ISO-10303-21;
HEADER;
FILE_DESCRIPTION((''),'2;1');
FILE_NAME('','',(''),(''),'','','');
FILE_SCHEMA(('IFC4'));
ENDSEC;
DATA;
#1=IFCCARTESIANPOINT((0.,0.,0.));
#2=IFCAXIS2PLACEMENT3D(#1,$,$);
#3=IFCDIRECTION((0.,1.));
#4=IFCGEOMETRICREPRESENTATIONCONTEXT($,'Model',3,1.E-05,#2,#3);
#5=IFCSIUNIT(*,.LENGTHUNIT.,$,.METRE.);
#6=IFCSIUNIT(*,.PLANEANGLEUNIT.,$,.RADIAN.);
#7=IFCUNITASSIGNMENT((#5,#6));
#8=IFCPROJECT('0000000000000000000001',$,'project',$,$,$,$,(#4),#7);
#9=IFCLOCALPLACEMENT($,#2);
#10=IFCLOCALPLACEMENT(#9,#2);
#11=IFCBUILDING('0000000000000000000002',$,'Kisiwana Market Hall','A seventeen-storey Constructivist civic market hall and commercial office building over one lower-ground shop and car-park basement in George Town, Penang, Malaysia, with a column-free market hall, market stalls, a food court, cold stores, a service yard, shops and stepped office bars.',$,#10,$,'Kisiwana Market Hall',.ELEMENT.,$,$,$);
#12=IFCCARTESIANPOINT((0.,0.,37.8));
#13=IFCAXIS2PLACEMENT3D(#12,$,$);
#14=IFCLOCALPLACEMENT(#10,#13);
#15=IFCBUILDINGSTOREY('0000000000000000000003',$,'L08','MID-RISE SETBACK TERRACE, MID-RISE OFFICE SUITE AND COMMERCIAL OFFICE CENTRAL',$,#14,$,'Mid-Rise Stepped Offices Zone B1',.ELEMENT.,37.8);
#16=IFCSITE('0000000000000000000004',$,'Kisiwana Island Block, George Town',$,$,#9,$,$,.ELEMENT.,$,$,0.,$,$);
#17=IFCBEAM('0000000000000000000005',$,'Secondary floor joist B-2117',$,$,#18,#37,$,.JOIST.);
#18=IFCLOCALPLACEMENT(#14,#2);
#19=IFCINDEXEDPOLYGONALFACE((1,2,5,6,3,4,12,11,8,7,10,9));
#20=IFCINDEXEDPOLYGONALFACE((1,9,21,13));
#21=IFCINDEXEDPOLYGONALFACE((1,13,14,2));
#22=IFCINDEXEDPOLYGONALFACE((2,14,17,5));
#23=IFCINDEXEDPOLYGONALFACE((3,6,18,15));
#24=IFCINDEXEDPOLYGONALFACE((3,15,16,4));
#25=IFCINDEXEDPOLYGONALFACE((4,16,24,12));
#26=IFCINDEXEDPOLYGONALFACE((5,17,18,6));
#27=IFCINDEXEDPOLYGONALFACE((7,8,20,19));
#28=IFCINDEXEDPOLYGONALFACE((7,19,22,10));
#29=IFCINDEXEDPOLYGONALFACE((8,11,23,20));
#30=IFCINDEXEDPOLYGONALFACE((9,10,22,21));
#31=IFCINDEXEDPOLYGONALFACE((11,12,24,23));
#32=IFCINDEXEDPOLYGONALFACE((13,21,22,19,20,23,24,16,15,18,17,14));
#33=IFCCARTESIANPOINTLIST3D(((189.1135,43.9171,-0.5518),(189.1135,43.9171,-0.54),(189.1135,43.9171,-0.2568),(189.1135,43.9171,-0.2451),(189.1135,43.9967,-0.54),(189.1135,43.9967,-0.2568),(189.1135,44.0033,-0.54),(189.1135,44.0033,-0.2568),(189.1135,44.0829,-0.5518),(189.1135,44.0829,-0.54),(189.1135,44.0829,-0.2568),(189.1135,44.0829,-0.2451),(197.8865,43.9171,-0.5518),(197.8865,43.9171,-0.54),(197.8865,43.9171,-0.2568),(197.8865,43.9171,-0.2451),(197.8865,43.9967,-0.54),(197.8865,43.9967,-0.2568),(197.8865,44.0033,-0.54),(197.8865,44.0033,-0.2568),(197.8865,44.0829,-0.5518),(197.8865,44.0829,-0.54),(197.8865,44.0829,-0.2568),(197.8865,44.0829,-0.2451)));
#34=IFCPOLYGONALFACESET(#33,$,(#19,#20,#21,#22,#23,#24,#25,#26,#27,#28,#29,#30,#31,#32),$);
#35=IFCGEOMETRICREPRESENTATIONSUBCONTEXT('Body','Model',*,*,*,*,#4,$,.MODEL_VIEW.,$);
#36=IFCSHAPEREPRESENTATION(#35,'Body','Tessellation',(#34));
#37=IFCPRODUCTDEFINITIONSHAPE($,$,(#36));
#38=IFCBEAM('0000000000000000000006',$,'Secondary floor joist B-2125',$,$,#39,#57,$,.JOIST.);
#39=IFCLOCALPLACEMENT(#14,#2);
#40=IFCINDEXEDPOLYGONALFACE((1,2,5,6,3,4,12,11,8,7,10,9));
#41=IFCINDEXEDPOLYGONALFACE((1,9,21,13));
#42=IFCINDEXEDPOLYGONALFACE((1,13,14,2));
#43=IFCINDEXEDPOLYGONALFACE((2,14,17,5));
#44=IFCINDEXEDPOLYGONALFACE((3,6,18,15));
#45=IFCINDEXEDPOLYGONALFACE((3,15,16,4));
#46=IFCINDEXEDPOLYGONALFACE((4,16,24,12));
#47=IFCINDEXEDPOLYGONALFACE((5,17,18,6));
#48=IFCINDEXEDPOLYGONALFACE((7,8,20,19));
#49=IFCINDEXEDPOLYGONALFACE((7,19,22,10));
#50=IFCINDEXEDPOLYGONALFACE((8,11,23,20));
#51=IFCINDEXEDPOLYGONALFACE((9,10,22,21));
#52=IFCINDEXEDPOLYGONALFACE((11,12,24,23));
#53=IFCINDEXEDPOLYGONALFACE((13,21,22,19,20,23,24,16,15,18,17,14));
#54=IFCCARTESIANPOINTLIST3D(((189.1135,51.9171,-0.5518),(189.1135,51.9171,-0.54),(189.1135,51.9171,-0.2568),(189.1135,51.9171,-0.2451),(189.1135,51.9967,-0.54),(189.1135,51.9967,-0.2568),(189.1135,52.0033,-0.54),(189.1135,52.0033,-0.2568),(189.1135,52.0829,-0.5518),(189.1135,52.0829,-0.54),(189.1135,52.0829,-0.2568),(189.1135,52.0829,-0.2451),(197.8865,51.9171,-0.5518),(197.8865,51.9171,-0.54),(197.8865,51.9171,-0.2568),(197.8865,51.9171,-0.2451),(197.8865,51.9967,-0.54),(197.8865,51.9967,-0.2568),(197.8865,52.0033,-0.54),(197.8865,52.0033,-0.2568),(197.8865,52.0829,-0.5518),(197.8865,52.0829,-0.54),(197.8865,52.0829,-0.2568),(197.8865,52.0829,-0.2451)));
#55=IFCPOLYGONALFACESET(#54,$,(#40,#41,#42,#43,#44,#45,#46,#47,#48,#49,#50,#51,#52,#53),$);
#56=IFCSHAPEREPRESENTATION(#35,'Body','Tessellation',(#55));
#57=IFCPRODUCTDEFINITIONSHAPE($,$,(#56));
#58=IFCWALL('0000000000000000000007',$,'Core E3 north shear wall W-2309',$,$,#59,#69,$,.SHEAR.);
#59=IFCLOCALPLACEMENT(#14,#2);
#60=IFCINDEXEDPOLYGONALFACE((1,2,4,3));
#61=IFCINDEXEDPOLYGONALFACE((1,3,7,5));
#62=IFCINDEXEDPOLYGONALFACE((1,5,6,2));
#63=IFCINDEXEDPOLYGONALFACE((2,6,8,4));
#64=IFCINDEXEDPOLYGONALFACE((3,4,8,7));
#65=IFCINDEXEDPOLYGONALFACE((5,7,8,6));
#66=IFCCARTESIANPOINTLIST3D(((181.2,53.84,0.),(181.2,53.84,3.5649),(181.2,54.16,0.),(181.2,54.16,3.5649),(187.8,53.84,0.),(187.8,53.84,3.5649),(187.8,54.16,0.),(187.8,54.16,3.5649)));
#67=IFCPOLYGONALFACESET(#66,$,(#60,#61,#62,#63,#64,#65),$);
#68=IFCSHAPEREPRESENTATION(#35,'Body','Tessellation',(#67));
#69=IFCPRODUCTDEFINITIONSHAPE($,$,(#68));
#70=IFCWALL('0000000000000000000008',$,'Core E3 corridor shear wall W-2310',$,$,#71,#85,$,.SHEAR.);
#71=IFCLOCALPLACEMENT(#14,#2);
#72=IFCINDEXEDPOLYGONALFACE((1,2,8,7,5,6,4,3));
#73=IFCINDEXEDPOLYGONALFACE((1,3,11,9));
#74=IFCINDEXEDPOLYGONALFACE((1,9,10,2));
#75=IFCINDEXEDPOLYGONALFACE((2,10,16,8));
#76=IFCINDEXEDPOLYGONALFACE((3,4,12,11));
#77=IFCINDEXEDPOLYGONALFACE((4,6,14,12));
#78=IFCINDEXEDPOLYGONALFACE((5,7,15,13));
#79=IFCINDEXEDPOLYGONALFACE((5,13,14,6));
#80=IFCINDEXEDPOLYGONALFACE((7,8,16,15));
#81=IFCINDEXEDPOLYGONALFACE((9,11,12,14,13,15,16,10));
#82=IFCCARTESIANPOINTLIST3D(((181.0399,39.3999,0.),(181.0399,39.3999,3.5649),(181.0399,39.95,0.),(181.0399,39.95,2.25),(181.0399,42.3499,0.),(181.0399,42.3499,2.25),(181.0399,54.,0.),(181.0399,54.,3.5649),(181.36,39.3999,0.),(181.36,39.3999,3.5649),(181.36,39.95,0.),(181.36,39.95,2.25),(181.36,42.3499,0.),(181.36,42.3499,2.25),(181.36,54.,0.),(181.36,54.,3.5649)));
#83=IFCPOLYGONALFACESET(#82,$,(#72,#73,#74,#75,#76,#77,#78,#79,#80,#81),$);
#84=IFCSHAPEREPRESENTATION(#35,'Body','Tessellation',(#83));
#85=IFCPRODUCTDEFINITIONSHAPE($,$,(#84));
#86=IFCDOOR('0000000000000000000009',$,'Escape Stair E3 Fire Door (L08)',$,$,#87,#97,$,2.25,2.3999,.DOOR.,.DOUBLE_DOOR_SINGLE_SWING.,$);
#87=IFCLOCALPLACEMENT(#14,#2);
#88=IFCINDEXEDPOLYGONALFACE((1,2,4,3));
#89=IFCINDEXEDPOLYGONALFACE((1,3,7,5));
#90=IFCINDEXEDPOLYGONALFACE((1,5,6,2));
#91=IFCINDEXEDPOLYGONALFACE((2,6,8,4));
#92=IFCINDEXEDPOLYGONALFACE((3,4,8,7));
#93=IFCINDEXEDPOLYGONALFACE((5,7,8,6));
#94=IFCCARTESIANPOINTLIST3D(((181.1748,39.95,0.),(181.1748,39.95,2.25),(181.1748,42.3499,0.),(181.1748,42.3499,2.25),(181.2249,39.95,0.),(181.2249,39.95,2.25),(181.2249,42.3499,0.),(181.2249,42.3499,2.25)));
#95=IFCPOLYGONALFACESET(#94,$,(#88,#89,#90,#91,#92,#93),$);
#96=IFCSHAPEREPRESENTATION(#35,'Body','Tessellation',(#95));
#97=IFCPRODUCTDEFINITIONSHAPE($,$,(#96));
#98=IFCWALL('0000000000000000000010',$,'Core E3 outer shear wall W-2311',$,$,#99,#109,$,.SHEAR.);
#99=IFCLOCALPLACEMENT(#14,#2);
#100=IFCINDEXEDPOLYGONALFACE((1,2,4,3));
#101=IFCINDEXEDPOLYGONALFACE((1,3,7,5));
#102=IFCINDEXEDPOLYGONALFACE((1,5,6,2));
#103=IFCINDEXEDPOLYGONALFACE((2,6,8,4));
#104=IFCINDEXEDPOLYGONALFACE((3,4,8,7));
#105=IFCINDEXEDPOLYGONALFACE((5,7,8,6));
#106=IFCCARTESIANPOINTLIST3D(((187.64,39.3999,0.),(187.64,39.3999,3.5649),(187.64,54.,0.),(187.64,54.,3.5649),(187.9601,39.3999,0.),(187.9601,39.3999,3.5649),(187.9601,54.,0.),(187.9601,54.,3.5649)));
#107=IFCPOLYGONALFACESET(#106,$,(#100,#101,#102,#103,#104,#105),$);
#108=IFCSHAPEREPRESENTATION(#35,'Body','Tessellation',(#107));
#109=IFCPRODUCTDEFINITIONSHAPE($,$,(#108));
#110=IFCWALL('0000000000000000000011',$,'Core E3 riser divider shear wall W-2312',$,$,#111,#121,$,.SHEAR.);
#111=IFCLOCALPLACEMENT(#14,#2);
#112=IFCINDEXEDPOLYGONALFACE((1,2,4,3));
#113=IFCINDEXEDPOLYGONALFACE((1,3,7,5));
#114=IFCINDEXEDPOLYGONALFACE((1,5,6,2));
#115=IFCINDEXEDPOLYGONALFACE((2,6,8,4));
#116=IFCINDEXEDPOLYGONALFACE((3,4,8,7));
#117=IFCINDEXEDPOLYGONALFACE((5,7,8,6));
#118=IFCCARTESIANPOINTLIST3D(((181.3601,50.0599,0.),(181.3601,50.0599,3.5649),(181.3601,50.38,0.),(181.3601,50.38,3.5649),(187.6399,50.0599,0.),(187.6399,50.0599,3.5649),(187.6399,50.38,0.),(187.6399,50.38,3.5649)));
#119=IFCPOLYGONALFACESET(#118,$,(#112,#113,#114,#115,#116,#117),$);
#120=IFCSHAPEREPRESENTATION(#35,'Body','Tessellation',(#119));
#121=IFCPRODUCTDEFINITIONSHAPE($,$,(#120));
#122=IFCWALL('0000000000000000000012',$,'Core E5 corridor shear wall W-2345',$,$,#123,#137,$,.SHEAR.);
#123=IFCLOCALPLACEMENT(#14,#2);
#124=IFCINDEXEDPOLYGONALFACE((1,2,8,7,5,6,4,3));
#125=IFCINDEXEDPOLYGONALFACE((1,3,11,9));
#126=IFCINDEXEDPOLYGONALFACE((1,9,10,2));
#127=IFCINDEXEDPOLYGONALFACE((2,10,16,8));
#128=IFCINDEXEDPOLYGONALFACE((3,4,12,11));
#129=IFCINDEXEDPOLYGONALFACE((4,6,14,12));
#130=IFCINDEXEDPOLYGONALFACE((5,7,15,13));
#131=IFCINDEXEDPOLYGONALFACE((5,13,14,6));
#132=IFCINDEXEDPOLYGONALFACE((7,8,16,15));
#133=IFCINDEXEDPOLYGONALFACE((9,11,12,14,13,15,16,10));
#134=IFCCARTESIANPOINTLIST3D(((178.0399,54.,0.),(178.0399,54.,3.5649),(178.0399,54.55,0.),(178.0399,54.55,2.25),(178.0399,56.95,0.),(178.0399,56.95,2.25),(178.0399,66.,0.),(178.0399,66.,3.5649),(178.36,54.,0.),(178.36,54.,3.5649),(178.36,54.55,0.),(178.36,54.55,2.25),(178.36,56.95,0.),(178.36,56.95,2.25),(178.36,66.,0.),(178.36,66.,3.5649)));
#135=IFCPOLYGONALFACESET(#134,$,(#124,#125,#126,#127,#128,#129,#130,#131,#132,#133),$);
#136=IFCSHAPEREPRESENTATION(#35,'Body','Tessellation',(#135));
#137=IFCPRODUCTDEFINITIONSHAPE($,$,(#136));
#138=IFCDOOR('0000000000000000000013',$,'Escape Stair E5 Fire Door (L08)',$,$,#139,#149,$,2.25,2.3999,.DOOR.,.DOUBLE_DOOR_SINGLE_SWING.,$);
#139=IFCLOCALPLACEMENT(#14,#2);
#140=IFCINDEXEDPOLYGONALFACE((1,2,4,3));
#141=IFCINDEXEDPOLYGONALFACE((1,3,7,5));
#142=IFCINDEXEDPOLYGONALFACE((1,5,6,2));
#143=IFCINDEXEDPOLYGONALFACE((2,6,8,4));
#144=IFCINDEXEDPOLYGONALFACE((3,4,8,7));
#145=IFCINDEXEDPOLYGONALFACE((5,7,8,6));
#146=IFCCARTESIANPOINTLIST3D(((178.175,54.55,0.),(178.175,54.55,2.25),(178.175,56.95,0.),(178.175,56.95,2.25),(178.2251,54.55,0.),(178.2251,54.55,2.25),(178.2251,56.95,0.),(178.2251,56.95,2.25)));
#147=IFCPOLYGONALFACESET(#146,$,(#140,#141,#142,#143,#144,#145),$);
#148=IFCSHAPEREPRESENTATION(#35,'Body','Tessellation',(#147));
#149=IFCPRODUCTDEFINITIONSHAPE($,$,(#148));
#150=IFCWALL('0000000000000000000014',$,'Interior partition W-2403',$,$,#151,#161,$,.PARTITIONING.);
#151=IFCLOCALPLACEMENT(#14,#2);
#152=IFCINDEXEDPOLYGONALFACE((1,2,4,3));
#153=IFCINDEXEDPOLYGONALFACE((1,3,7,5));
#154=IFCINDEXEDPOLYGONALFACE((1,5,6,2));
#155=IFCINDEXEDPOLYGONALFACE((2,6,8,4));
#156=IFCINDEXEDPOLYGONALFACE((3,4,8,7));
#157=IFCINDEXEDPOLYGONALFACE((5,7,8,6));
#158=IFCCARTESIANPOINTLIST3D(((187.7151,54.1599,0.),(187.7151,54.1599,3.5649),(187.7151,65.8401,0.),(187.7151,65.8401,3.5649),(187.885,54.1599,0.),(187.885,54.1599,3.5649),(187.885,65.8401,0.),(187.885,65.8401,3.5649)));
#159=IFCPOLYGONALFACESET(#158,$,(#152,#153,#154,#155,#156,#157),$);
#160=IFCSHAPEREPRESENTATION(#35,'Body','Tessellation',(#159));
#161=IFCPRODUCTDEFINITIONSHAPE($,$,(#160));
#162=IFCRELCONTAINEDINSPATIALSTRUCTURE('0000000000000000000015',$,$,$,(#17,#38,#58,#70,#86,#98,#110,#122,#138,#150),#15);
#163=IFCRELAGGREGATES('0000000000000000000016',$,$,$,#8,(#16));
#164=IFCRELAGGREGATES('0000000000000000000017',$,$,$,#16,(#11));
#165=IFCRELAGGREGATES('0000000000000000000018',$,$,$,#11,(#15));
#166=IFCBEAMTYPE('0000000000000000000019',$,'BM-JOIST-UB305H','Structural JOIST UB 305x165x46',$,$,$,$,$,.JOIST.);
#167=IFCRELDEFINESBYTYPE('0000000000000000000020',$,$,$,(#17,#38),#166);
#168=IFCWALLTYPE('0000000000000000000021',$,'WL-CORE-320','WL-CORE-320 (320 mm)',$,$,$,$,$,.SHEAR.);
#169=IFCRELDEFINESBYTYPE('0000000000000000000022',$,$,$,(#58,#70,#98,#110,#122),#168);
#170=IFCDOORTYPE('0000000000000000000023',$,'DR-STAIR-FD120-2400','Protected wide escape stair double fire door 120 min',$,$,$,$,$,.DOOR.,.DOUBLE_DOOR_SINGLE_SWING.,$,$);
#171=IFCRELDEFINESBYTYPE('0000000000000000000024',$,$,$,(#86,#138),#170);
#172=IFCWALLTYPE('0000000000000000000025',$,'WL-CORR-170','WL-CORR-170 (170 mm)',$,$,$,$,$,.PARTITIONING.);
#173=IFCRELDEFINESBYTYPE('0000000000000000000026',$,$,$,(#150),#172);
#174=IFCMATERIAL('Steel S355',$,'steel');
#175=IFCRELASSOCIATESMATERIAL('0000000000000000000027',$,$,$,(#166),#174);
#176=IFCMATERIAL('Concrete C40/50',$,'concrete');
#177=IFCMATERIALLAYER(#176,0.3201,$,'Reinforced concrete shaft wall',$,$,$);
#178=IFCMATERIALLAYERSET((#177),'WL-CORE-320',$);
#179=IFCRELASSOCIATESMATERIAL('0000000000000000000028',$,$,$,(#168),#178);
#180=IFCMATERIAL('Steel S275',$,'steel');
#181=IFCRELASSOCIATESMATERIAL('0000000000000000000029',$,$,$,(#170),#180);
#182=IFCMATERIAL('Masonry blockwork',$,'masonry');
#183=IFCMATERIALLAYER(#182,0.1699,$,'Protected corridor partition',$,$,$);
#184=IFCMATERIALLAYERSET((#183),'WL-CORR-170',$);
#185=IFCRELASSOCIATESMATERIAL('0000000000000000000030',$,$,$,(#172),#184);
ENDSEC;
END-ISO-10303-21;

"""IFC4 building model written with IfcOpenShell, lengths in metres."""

from ifc_helpers import new_model, si_unit, direction, frame, frame_2d, origin, origin_2d, place, context, subcontext, project, spatial, rectangle, i_section, extrude, material, layer, layer_set, material_profile, profile_set, type_object, element, fill, save


model = new_model("IFC4")

# Units and contexts
model_context = context("Model", 3, precision=1e-05, world=origin(), true_north=direction((0.0, 1.0)))
body_context = subcontext(model_context, "Body", "Model", "MODEL_VIEW")
ifc_project = project(units=[si_unit("LENGTHUNIT", "METRE"), si_unit("PLANEANGLEUNIT", "RADIAN")], contexts=[model_context])

# Site, building, storey
site_placement = place(None, origin())
site = spatial("IfcSite", under=ifc_project, at=site_placement, Name="Kisiwana Island Block, George Town", CompositionType="ELEMENT", RefElevation=0.0)
building_placement = place(site_placement, origin())
building = spatial("IfcBuilding", under=site, at=building_placement, Name="Kisiwana Market Hall", Description="A seventeen-storey Constructivist civic market hall and commercial office building over one lower-ground shop and car-park basement in George Town, Penang, Malaysia, with a column-free market hall, market stalls, a food court, cold stores, a service yard, shops and stepped office bars.", LongName="Kisiwana Market Hall", CompositionType="ELEMENT")
storey_placement = place(building_placement, frame((0.0, 0.0, 37.8)))
storey = spatial("IfcBuildingStorey", under=building, at=storey_placement, Name="L08", Description="MID-RISE SETBACK TERRACE, MID-RISE OFFICE SUITE AND COMMERCIAL OFFICE CENTRAL", LongName="Mid-Rise Stepped Offices Zone B1", CompositionType="ELEMENT", Elevation=37.8)

# Beams
ifc_material_1 = material(Name="Steel S355", Category="steel")
ifc_material_profile = material_profile(ifc_material_1, i_section(OverallWidth=0.1658, OverallDepth=0.3066, WebThickness=0.0066, FlangeThickness=0.0117, at=origin_2d()), Name="UB 305x165x46")
ifc_profile_set = profile_set([ifc_material_profile], Name="Steel S355")
beam_type = type_object("IfcBeamType", Name="BM-JOIST-UB305H", Description="Structural JOIST UB 305x165x46", PredefinedType="JOIST", material=ifc_profile_set)
for number, where, z_axis, x_axis, name in (
    (1, (189.1135, 44.0, -0.3984), (1.0, 0.0, 0.0), (0.0, 1.0, 0.0), "Secondary floor joist B-2117"),
    (2, (189.1135, 52.0, -0.3984), (1.0, 0.0, 0.0), (0.0, 1.0, 0.0), "Secondary floor joist B-2125"),
):
    element("IfcBeam", number, at=place(storey_placement, frame(where, z_axis=z_axis, x_axis=x_axis)), inside=storey, type_object=beam_type, Name=name, PredefinedType="JOIST", context=body_context, shape_type="SweptSolid", body=[
        extrude(i_section(OverallWidth=0.1658, OverallDepth=0.3066, WebThickness=0.0066, FlangeThickness=0.0117, at=origin_2d()), origin(), (0.0, 0.0, 1.0), 8.7729),
    ])

# Wall
ifc_material_2 = material(Name="Concrete C40/50", Category="concrete")
ifc_layer_1 = layer(ifc_material_2, 0.3201, Name="Reinforced concrete shaft wall")
ifc_layer_set_1 = layer_set([ifc_layer_1], Name="WL-CORE-320")
wall_type_1 = type_object("IfcWallType", Name="WL-CORE-320", Description="WL-CORE-320 (320 mm)", PredefinedType="SHEAR", material=ifc_layer_set_1)
wall_1_placement = place(storey_placement, frame((181.2, 54.0, 0.0), z_axis=(0.0, 0.0, 1.0), x_axis=(1.0, 0.0, 0.0)))
element("IfcWall", 3, at=wall_1_placement, inside=storey, type_object=wall_type_1, Name="Core E3 north shear wall W-2309", PredefinedType="SHEAR", context=body_context, shape_type="SweptSolid", body=[
    extrude(rectangle(XDim=6.6001, YDim=0.3201, at=frame_2d((3.3, 0.0))), origin(), (0.0, 0.0, 1.0), 3.5649),
])

# Wall, opening, door
wall_2_placement = place(storey_placement, frame((181.2, 39.3999, 0.0), z_axis=(0.0, 0.0, 1.0), x_axis=(0.0, 1.0, 0.0)))
wall_2 = element("IfcWall", 4, at=wall_2_placement, inside=storey, type_object=wall_type_1, Name="Core E3 corridor shear wall W-2310", PredefinedType="SHEAR", context=body_context, shape_type="SweptSolid", body=[
    extrude(rectangle(XDim=14.6001, YDim=0.3201, at=frame_2d((7.3, 0.0))), origin(), (0.0, 0.0, 1.0), 3.5649),
])
opening_1_placement = place(wall_2_placement, frame((0.55, 0.0, 0.0)))
opening_1 = element("IfcOpeningElement", 5, at=opening_1_placement, cuts=wall_2, PredefinedType="OPENING", context=body_context, shape_type="SweptSolid", body=[
    extrude(rectangle(XDim=2.3999, YDim=2.25, at=frame_2d((1.2, 1.125))), frame((0.0, 0.1719, 0.0), z_axis=(0.0, -1.0, 0.0), x_axis=(1.0, 0.0, 0.0)), (0.0, 0.0, 1.0), 0.344),
])
ifc_material_3 = material(Name="Steel S275", Category="steel")
door_type_1 = type_object("IfcDoorType", Name="DR-STAIR-FD120-2400", Description="Protected wide escape stair double fire door 120 min", OperationType="DOUBLE_DOOR_SINGLE_SWING", PredefinedType="DOOR", material=ifc_material_3)
door_1_placement = place(opening_1_placement, frame((2.3999, 0.0, 0.0), z_axis=(0.0, 0.0, 1.0), x_axis=(-1.0, 0.0, 0.0)))
door_1 = element("IfcDoor", 6, at=door_1_placement, inside=storey, type_object=door_type_1, Name="Escape Stair E3 Fire Door (L08)", OperationType="DOUBLE_DOOR_SINGLE_SWING", OverallHeight=2.25, OverallWidth=2.3999, PredefinedType="DOOR", context=body_context, shape_type="SweptSolid", body=[
    extrude(rectangle(XDim=2.3999, YDim=2.25, at=frame_2d((1.2, 1.125))), frame((0.0, 0.0249, 0.0), z_axis=(0.0, -1.0, 0.0), x_axis=(1.0, 0.0, 0.0)), (0.0, 0.0, 1.0), 0.05),
])
fill(opening_1, door_1)

# Walls
wall_3_placement = place(storey_placement, frame((187.8, 39.3999, 0.0), z_axis=(0.0, 0.0, 1.0), x_axis=(0.0, 1.0, 0.0)))
element("IfcWall", 7, at=wall_3_placement, inside=storey, type_object=wall_type_1, Name="Core E3 outer shear wall W-2311", PredefinedType="SHEAR", context=body_context, shape_type="SweptSolid", body=[
    extrude(rectangle(XDim=14.6001, YDim=0.3201, at=frame_2d((7.3, 0.0))), origin(), (0.0, 0.0, 1.0), 3.5649),
])
wall_4_placement = place(storey_placement, frame((181.3601, 50.22, 0.0), z_axis=(0.0, 0.0, 1.0), x_axis=(1.0, 0.0, 0.0)))
element("IfcWall", 8, at=wall_4_placement, inside=storey, type_object=wall_type_1, Name="Core E3 riser divider shear wall W-2312", PredefinedType="SHEAR", context=body_context, shape_type="SweptSolid", body=[
    extrude(rectangle(XDim=6.2798, YDim=0.3201, at=frame_2d((3.1399, 0.0))), origin(), (0.0, 0.0, 1.0), 3.5649),
])

# Wall, opening, door
wall_5_placement = place(storey_placement, frame((178.2, 54.0, 0.0), z_axis=(0.0, 0.0, 1.0), x_axis=(0.0, 1.0, 0.0)))
wall_5 = element("IfcWall", 9, at=wall_5_placement, inside=storey, type_object=wall_type_1, Name="Core E5 corridor shear wall W-2345", PredefinedType="SHEAR", context=body_context, shape_type="SweptSolid", body=[
    extrude(rectangle(XDim=12.0, YDim=0.3201, at=frame_2d((6.0, 0.0))), origin(), (0.0, 0.0, 1.0), 3.5649),
])
opening_2_placement = place(wall_5_placement, frame((0.55, 0.0, 0.0)))
opening_2 = element("IfcOpeningElement", 10, at=opening_2_placement, cuts=wall_5, PredefinedType="OPENING", context=body_context, shape_type="SweptSolid", body=[
    extrude(rectangle(XDim=2.3999, YDim=2.25, at=frame_2d((1.2, 1.125))), frame((0.0, 0.1719, 0.0), z_axis=(0.0, -1.0, 0.0), x_axis=(1.0, 0.0, 0.0)), (0.0, 0.0, 1.0), 0.344),
])
door_2_placement = place(opening_2_placement, origin())
door_2 = element("IfcDoor", 11, at=door_2_placement, inside=storey, type_object=door_type_1, Name="Escape Stair E5 Fire Door (L08)", OperationType="DOUBLE_DOOR_SINGLE_SWING", OverallHeight=2.25, OverallWidth=2.3999, PredefinedType="DOOR", context=body_context, shape_type="SweptSolid", body=[
    extrude(rectangle(XDim=2.3999, YDim=2.25, at=frame_2d((1.2, 1.125))), frame((0.0, 0.0249, 0.0), z_axis=(0.0, -1.0, 0.0), x_axis=(1.0, 0.0, 0.0)), (0.0, 0.0, 1.0), 0.05),
])
fill(opening_2, door_2)

# Wall
ifc_material_4 = material(Name="Masonry blockwork", Category="masonry")
ifc_layer_2 = layer(ifc_material_4, 0.1699, Name="Protected corridor partition")
ifc_layer_set_2 = layer_set([ifc_layer_2], Name="WL-CORR-170")
wall_type_2 = type_object("IfcWallType", Name="WL-CORR-170", Description="WL-CORR-170 (170 mm)", PredefinedType="PARTITIONING", material=ifc_layer_set_2)
wall_6_placement = place(storey_placement, frame((187.8, 54.1599, 0.0), z_axis=(0.0, 0.0, 1.0), x_axis=(0.0, 1.0, 0.0)))
element("IfcWall", 12, at=wall_6_placement, inside=storey, type_object=wall_type_2, Name="Interior partition W-2403", PredefinedType="PARTITIONING", context=body_context, shape_type="SweptSolid", body=[
    extrude(rectangle(XDim=11.6802, YDim=0.1699, at=frame_2d((5.8401, 0.0))), origin(), (0.0, 0.0, 1.0), 3.5649),
])

save(model, "model.ifc")
